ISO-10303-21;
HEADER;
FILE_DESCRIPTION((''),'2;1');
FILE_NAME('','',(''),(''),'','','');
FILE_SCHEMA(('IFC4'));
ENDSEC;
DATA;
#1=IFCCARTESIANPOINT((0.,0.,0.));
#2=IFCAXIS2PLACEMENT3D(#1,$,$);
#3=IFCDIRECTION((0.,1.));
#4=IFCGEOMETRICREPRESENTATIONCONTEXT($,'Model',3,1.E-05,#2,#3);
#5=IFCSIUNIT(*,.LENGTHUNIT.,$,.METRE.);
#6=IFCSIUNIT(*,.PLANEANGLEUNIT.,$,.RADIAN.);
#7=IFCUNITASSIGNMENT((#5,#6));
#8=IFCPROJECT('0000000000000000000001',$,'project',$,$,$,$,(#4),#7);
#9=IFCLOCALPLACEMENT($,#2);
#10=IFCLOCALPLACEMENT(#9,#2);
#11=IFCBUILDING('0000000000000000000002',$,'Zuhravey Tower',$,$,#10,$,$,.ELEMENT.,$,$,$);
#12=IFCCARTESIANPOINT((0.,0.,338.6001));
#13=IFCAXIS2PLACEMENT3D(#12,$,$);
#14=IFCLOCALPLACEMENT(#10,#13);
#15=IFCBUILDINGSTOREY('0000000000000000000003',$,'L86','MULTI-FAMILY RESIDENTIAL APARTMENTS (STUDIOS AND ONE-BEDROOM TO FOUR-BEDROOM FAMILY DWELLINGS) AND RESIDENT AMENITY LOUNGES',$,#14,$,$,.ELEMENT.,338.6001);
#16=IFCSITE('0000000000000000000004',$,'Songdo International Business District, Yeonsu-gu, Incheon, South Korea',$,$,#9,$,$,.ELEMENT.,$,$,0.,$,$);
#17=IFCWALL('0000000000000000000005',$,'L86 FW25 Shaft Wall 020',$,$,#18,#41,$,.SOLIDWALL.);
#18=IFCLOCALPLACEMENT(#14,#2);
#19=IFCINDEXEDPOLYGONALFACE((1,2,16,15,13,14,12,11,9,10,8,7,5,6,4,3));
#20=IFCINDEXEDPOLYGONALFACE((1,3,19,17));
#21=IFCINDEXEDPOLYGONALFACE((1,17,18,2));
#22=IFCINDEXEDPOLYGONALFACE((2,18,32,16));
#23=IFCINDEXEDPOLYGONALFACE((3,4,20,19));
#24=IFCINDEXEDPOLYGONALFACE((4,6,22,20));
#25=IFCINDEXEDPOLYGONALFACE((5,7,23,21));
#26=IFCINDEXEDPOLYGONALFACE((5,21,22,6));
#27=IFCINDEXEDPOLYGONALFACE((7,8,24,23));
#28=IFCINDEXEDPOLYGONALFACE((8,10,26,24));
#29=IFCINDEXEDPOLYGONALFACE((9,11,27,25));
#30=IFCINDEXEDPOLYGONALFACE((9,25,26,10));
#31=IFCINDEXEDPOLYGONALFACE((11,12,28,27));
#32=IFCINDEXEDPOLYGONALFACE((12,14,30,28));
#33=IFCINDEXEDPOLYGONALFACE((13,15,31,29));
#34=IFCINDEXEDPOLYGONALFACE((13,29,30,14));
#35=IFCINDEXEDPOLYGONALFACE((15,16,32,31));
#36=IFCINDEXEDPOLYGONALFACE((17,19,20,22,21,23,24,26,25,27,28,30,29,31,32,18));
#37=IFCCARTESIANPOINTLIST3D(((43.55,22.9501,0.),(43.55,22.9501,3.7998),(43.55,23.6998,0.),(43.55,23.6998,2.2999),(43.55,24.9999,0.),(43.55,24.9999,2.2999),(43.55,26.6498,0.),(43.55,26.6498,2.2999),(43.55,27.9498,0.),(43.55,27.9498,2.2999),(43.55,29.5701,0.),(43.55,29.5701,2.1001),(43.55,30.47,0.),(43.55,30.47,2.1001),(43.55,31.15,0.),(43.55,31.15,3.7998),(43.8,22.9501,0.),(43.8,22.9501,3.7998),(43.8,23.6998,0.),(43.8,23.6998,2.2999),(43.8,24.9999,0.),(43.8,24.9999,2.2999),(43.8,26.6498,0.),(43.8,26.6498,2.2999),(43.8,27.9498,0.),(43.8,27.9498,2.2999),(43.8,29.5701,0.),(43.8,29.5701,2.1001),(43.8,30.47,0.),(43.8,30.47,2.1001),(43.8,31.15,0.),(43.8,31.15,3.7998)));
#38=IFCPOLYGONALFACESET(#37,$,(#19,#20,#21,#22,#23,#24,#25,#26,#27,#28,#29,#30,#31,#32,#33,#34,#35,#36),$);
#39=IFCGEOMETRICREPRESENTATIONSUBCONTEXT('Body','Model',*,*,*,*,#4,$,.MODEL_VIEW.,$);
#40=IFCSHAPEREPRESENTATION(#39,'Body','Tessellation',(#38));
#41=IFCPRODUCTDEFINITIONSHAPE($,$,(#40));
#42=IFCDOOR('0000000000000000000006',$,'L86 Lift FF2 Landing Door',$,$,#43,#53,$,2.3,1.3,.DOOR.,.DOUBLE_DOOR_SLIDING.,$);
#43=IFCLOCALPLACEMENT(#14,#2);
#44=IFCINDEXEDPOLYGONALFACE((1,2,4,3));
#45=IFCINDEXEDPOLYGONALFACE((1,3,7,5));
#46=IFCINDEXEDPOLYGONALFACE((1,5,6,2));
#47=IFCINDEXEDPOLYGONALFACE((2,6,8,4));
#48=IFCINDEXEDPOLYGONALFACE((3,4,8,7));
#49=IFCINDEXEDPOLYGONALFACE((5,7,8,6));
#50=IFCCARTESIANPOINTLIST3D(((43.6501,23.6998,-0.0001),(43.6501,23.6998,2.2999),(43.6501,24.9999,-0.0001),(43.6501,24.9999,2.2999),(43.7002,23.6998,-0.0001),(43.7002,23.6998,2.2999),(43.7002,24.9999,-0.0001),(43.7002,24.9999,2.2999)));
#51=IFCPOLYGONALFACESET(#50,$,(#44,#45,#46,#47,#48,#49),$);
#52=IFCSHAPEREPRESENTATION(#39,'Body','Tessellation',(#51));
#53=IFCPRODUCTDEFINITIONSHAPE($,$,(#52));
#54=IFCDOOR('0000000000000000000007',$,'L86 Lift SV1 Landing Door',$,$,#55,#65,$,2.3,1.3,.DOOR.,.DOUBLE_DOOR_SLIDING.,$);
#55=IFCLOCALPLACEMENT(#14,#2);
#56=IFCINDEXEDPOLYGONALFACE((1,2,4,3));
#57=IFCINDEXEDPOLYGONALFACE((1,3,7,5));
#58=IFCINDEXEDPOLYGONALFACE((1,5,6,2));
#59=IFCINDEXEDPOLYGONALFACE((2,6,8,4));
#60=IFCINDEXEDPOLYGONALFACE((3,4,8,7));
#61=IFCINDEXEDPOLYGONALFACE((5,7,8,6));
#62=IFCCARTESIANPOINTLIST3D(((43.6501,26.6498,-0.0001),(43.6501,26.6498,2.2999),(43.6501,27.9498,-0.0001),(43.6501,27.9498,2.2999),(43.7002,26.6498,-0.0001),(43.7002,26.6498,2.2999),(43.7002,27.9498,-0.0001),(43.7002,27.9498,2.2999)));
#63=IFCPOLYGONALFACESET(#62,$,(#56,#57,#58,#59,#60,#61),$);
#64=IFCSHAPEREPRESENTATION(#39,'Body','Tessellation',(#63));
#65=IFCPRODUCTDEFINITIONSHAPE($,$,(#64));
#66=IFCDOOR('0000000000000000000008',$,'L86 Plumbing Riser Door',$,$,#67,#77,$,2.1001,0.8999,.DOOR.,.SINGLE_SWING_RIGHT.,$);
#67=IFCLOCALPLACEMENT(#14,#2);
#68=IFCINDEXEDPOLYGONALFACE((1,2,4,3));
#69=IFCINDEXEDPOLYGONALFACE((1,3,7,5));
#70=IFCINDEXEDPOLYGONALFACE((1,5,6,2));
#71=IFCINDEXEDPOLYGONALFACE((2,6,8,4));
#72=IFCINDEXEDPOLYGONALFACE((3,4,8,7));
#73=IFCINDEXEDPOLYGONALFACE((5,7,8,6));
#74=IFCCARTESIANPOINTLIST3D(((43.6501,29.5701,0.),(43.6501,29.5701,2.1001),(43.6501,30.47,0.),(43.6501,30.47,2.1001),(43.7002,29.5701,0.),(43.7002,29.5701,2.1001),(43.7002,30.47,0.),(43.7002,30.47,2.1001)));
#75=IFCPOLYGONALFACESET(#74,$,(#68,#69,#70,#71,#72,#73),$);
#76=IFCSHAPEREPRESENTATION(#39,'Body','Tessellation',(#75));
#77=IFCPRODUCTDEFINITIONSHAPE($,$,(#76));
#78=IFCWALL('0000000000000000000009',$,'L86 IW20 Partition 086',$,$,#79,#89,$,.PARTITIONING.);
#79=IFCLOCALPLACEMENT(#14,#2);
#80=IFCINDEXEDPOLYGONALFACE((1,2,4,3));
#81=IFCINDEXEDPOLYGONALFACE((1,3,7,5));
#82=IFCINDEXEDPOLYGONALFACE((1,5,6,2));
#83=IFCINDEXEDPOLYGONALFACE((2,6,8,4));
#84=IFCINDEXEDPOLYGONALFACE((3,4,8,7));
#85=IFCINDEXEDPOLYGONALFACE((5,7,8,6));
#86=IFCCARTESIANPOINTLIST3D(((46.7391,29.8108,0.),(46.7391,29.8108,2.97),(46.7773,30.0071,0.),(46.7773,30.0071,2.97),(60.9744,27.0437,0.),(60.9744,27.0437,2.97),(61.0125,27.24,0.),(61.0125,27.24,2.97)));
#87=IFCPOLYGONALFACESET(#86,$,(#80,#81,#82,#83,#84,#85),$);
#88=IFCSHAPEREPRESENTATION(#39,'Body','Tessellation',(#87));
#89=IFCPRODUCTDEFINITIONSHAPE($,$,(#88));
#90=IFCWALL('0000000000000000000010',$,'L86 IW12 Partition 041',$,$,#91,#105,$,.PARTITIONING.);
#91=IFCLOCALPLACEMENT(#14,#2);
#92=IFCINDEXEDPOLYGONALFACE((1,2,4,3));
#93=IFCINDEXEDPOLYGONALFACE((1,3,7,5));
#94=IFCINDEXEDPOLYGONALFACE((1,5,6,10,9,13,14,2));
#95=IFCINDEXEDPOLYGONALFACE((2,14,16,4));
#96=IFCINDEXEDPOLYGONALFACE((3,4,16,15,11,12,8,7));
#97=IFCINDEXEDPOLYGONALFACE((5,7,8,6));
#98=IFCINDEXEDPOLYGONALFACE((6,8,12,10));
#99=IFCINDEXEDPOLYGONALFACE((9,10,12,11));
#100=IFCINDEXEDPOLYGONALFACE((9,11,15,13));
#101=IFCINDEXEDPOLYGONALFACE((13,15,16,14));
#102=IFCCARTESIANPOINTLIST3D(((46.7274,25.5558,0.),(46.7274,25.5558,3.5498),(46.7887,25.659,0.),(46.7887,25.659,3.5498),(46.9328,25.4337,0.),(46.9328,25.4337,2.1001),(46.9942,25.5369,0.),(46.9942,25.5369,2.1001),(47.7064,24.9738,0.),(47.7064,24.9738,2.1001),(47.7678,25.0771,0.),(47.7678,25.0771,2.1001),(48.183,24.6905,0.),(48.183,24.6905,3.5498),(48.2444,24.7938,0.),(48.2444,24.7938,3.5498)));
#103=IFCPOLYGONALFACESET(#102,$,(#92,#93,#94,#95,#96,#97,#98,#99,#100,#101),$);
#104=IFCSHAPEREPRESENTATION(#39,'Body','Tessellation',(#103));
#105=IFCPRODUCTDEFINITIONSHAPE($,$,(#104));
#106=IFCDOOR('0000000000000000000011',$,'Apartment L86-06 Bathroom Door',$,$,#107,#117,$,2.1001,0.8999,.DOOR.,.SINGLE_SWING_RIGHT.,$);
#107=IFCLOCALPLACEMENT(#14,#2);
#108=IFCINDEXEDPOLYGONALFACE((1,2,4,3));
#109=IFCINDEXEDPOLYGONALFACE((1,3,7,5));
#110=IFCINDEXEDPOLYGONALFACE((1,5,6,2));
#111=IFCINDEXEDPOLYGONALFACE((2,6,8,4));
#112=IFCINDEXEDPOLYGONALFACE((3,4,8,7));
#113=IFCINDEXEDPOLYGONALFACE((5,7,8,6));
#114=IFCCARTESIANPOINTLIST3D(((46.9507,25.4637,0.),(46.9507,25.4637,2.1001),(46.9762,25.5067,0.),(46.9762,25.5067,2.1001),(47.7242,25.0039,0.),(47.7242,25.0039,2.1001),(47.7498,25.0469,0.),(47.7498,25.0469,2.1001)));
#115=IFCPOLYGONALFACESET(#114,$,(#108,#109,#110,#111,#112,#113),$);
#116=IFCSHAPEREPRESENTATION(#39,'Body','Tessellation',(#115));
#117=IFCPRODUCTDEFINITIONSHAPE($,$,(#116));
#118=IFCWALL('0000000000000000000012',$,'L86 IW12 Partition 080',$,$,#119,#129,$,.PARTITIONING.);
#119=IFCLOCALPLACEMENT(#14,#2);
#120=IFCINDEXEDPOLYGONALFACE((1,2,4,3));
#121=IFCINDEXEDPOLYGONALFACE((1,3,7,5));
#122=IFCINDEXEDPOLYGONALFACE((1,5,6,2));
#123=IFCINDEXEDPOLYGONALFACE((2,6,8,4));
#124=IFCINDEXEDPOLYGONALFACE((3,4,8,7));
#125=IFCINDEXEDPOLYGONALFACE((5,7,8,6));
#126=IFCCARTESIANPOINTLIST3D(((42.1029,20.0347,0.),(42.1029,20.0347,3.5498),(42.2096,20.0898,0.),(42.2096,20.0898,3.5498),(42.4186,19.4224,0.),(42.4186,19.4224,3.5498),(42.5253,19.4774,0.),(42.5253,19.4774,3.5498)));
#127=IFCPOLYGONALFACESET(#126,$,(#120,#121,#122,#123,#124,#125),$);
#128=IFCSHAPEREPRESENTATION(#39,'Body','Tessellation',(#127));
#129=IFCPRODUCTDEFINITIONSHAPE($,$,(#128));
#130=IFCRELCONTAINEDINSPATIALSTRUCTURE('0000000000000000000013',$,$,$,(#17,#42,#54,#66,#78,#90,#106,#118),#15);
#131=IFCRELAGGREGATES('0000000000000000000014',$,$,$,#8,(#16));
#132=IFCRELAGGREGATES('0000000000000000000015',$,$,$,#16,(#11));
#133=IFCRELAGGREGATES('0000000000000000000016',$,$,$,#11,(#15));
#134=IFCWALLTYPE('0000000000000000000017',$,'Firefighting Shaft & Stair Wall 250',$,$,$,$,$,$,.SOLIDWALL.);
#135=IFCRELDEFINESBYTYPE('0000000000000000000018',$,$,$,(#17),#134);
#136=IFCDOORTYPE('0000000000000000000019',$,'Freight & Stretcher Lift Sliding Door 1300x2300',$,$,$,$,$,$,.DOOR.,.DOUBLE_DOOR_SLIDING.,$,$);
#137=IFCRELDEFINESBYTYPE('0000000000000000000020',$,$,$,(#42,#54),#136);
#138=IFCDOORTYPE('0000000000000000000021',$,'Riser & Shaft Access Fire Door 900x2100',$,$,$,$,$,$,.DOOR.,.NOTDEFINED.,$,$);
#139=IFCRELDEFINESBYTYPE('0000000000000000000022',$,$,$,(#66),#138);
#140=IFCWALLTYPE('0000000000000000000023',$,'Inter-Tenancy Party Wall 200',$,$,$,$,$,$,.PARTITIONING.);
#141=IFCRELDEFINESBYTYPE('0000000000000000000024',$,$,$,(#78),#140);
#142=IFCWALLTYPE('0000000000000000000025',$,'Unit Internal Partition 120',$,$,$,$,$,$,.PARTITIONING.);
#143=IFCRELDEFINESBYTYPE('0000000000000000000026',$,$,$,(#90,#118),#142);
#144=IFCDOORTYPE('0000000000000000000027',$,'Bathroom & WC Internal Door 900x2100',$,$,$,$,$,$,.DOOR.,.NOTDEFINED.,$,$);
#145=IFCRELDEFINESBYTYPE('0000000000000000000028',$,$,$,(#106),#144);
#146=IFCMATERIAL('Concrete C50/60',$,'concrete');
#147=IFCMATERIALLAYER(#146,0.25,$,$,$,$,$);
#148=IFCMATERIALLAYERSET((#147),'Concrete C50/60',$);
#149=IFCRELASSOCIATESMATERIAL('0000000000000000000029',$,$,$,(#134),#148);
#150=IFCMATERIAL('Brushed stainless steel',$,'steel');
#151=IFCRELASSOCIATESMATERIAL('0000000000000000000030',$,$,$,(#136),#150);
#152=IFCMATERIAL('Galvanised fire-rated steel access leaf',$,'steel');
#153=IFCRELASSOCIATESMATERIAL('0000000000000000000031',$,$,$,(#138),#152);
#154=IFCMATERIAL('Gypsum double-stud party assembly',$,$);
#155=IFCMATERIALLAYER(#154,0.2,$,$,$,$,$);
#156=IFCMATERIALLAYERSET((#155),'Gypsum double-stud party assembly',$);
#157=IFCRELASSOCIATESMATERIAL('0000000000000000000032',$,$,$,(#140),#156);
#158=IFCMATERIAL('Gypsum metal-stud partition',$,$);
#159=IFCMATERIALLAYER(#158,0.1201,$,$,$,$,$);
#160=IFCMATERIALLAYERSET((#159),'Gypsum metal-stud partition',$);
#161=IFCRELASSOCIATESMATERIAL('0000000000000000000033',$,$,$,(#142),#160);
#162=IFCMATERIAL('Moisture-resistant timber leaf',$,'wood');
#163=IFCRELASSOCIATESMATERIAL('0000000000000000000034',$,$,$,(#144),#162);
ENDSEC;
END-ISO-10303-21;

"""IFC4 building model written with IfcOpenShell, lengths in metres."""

from ifc_helpers import new_model, si_unit, direction, frame, frame_2d, origin, place, context, subcontext, project, spatial, rectangle, extrude, material, layer, layer_set, type_object, element, fill, save


model = new_model("IFC4")

# Units and contexts
model_context = context("Model", 3, precision=1e-05, world=origin(), true_north=direction((0.0, 1.0)))
body_context = subcontext(model_context, "Body", "Model", "MODEL_VIEW")
ifc_project = project(units=[si_unit("LENGTHUNIT", "METRE"), si_unit("PLANEANGLEUNIT", "RADIAN")], contexts=[model_context])

# Site, building, storey
site_placement = place(None, origin())
site = spatial("IfcSite", under=ifc_project, at=site_placement, Name="Songdo International Business District, Yeonsu-gu, Incheon, South Korea", CompositionType="ELEMENT", RefElevation=0.0)
building_placement = place(site_placement, origin())
building = spatial("IfcBuilding", under=site, at=building_placement, Name="Zuhravey Tower", CompositionType="ELEMENT")
storey_placement = place(building_placement, frame((0.0, 0.0, 338.6001)))
storey = spatial("IfcBuildingStorey", under=building, at=storey_placement, Name="L86", Description="MULTI-FAMILY RESIDENTIAL APARTMENTS (STUDIOS AND ONE-BEDROOM TO FOUR-BEDROOM FAMILY DWELLINGS) AND RESIDENT AMENITY LOUNGES", CompositionType="ELEMENT", Elevation=338.6001)

# Shared definitions
ifc_material_1 = material(Name="Concrete C50/60", Category="concrete")

# Shared definitions
ifc_layer_1 = layer(ifc_material_1, 0.25)
ifc_layer_set_1 = layer_set([ifc_layer_1], Name="Concrete C50/60")
wall_type_1 = type_object("IfcWallType", Name="Firefighting Shaft & Stair Wall 250", PredefinedType="SOLIDWALL", material=ifc_layer_set_1)

# Wall, openings, doors
wall_1_placement = place(storey_placement, frame((43.675, 22.95, 0.0), z_axis=(0.0, 0.0, 1.0), x_axis=(0.0, 1.0, 0.0)))
wall_1 = element("IfcWall", 1, at=wall_1_placement, inside=storey, type_object=wall_type_1, Name="L86 FW25 Shaft Wall 020", PredefinedType="SOLIDWALL", context=body_context, shape_type="SweptSolid", body=[
    extrude(rectangle(XDim=8.2, YDim=0.25, at=frame_2d((4.1001, 0.0))), origin(), (0.0, 0.0, 1.0), 3.7998),
])
opening_1_placement = place(wall_1_placement, frame((0.75, 0.0, 0.0)))
opening_1 = element("IfcOpeningElement", 2, at=opening_1_placement, cuts=wall_1, PredefinedType="OPENING", context=body_context, shape_type="SweptSolid", body=[
    extrude(rectangle(XDim=1.3, YDim=2.3, at=frame_2d((0.6499, 1.1499))), frame((0.0, 0.137, 0.0), z_axis=(0.0, -1.0, 0.0), x_axis=(1.0, 0.0, 0.0)), (0.0, 0.0, 1.0), 0.2739),
])
opening_2_placement = place(wall_1_placement, frame((3.7, 0.0, 0.0)))
opening_2 = element("IfcOpeningElement", 3, at=opening_2_placement, cuts=wall_1, PredefinedType="OPENING", context=body_context, shape_type="SweptSolid", body=[
    extrude(rectangle(XDim=1.3, YDim=2.3, at=frame_2d((0.6499, 1.1499))), frame((0.0, 0.137, 0.0), z_axis=(0.0, -1.0, 0.0), x_axis=(1.0, 0.0, 0.0)), (0.0, 0.0, 1.0), 0.2739),
])
opening_3_placement = place(wall_1_placement, frame((6.6201, 0.0, 0.0)))
opening_3 = element("IfcOpeningElement", 4, at=opening_3_placement, cuts=wall_1, PredefinedType="OPENING", context=body_context, shape_type="SweptSolid", body=[
    extrude(rectangle(XDim=0.8999, YDim=2.1001, at=frame_2d((0.45, 1.05))), frame((0.0, 0.137, 0.0), z_axis=(0.0, -1.0, 0.0), x_axis=(1.0, 0.0, 0.0)), (0.0, 0.0, 1.0), 0.2739),
])
ifc_material_2 = material(Name="Brushed stainless steel", Category="steel")
door_type_1 = type_object("IfcDoorType", Name="Freight & Stretcher Lift Sliding Door 1300x2300", OperationType="DOUBLE_DOOR_SLIDING", PredefinedType="DOOR", material=ifc_material_2)
door_1_placement = place(opening_1_placement, origin())
door_1 = element("IfcDoor", 5, at=door_1_placement, inside=storey, type_object=door_type_1, Name="L86 Lift FF2 Landing Door", OperationType="DOUBLE_DOOR_SLIDING", OverallHeight=2.3, OverallWidth=1.3, PredefinedType="DOOR", context=body_context, shape_type="SweptSolid", body=[
    extrude(rectangle(XDim=1.3, YDim=2.3, at=frame_2d((0.6499, 1.1499))), frame((0.0, 0.0249, 0.0), z_axis=(0.0, -1.0, 0.0), x_axis=(1.0, 0.0, 0.0)), (0.0, 0.0, 1.0), 0.05),
])
fill(opening_1, door_1)
door_2_placement = place(opening_2_placement, origin())
door_2 = element("IfcDoor", 6, at=door_2_placement, inside=storey, type_object=door_type_1, Name="L86 Lift SV1 Landing Door", OperationType="DOUBLE_DOOR_SLIDING", OverallHeight=2.3, OverallWidth=1.3, PredefinedType="DOOR", context=body_context, shape_type="SweptSolid", body=[
    extrude(rectangle(XDim=1.3, YDim=2.3, at=frame_2d((0.6499, 1.1499))), frame((0.0, 0.0249, 0.0), z_axis=(0.0, -1.0, 0.0), x_axis=(1.0, 0.0, 0.0)), (0.0, 0.0, 1.0), 0.05),
])
fill(opening_2, door_2)
ifc_material_3 = material(Name="Galvanised fire-rated steel access leaf", Category="steel")
door_type_2 = type_object("IfcDoorType", Name="Riser & Shaft Access Fire Door 900x2100", OperationType="NOTDEFINED", PredefinedType="DOOR", material=ifc_material_3)
door_3_placement = place(opening_3_placement, origin())
door_3 = element("IfcDoor", 7, at=door_3_placement, inside=storey, type_object=door_type_2, Name="L86 Plumbing Riser Door", OperationType="SINGLE_SWING_RIGHT", OverallHeight=2.1001, OverallWidth=0.8999, PredefinedType="DOOR", context=body_context, shape_type="SweptSolid", body=[
    extrude(rectangle(XDim=0.8999, YDim=2.1001, at=frame_2d((0.45, 1.05))), frame((0.0, 0.0249, 0.0), z_axis=(0.0, -1.0, 0.0), x_axis=(1.0, 0.0, 0.0)), (0.0, 0.0, 1.0), 0.05),
])
fill(opening_3, door_3)

# Wall
ifc_material_4 = material(Name="Gypsum double-stud party assembly")
ifc_layer_2 = layer(ifc_material_4, 0.2)
ifc_layer_set_2 = layer_set([ifc_layer_2], Name="Gypsum double-stud party assembly")
wall_type_2 = type_object("IfcWallType", Name="Inter-Tenancy Party Wall 200", PredefinedType="PARTITIONING", material=ifc_layer_set_2)
wall_2_placement = place(storey_placement, frame((46.7581, 29.9089, 0.0), z_axis=(0.0, 0.0, 1.0), x_axis=(0.981627, -0.19081, 0.0)))
element("IfcWall", 8, at=wall_2_placement, inside=storey, type_object=wall_type_2, Name="L86 IW20 Partition 086", PredefinedType="PARTITIONING", context=body_context, shape_type="SweptSolid", body=[
    extrude(rectangle(XDim=14.5017, YDim=0.2, at=frame_2d((7.251, 0.0))), origin(), (0.0, 0.0, 1.0), 2.97),
])

# Wall, opening, door
ifc_material_5 = material(Name="Gypsum metal-stud partition")
ifc_layer_3 = layer(ifc_material_5, 0.1201)
ifc_layer_set_3 = layer_set([ifc_layer_3], Name="Gypsum metal-stud partition")
wall_type_3 = type_object("IfcWallType", Name="Unit Internal Partition 120", PredefinedType="PARTITIONING", material=ifc_layer_set_3)
wall_3_placement = place(storey_placement, frame((46.7581, 25.6074, 0.0), z_axis=(0.0, 0.0, 1.0), x_axis=(0.859598, -0.510972, 0.0)))
wall_3 = element("IfcWall", 9, at=wall_3_placement, inside=storey, type_object=wall_type_3, Name="L86 IW12 Partition 041", PredefinedType="PARTITIONING", context=body_context, shape_type="SweptSolid", body=[
    extrude(rectangle(XDim=1.6934, YDim=0.1201, at=frame_2d((0.8467, 0.0))), origin(), (0.0, 0.0, 1.0), 3.5498),
])
opening_4_placement = place(wall_3_placement, frame((0.239, 0.0, 0.0)))
opening_4 = element("IfcOpeningElement", 10, at=opening_4_placement, cuts=wall_3, PredefinedType="OPENING", context=body_context, shape_type="SweptSolid", body=[
    extrude(rectangle(XDim=0.8999, YDim=2.1001, at=frame_2d((0.45, 1.05))), frame((0.0, 0.072, 0.0), z_axis=(0.0, -1.0, 0.0), x_axis=(1.0, 0.0, 0.0)), (0.0, 0.0, 1.0), 0.144),
])
ifc_material_6 = material(Name="Moisture-resistant timber leaf", Category="wood")
door_type_3 = type_object("IfcDoorType", Name="Bathroom & WC Internal Door 900x2100", OperationType="NOTDEFINED", PredefinedType="DOOR", material=ifc_material_6)
door_4_placement = place(opening_4_placement, origin())
door_4 = element("IfcDoor", 11, at=door_4_placement, inside=storey, type_object=door_type_3, Name="Apartment L86-06 Bathroom Door", OperationType="SINGLE_SWING_RIGHT", OverallHeight=2.1001, OverallWidth=0.8999, PredefinedType="DOOR", context=body_context, shape_type="SweptSolid", body=[
    extrude(rectangle(XDim=0.8999, YDim=2.1001, at=frame_2d((0.45, 1.05))), frame((0.0, 0.0249, 0.0), z_axis=(0.0, -1.0, 0.0), x_axis=(1.0, 0.0, 0.0)), (0.0, 0.0, 1.0), 0.05),
])
fill(opening_4, door_4)

# Wall
wall_4_placement = place(storey_placement, frame((42.1562, 20.0623, 0.0), z_axis=(0.0, 0.0, 1.0), x_axis=(0.458237, -0.88883, 0.0)))
element("IfcWall", 12, at=wall_4_placement, inside=storey, type_object=wall_type_3, Name="L86 IW12 Partition 080", PredefinedType="PARTITIONING", context=body_context, shape_type="SweptSolid", body=[
    extrude(rectangle(XDim=0.689, YDim=0.1201, at=frame_2d((0.3445, 0.0))), origin(), (0.0, 0.0, 1.0), 3.5498),
])

save(model, "model.ifc")
